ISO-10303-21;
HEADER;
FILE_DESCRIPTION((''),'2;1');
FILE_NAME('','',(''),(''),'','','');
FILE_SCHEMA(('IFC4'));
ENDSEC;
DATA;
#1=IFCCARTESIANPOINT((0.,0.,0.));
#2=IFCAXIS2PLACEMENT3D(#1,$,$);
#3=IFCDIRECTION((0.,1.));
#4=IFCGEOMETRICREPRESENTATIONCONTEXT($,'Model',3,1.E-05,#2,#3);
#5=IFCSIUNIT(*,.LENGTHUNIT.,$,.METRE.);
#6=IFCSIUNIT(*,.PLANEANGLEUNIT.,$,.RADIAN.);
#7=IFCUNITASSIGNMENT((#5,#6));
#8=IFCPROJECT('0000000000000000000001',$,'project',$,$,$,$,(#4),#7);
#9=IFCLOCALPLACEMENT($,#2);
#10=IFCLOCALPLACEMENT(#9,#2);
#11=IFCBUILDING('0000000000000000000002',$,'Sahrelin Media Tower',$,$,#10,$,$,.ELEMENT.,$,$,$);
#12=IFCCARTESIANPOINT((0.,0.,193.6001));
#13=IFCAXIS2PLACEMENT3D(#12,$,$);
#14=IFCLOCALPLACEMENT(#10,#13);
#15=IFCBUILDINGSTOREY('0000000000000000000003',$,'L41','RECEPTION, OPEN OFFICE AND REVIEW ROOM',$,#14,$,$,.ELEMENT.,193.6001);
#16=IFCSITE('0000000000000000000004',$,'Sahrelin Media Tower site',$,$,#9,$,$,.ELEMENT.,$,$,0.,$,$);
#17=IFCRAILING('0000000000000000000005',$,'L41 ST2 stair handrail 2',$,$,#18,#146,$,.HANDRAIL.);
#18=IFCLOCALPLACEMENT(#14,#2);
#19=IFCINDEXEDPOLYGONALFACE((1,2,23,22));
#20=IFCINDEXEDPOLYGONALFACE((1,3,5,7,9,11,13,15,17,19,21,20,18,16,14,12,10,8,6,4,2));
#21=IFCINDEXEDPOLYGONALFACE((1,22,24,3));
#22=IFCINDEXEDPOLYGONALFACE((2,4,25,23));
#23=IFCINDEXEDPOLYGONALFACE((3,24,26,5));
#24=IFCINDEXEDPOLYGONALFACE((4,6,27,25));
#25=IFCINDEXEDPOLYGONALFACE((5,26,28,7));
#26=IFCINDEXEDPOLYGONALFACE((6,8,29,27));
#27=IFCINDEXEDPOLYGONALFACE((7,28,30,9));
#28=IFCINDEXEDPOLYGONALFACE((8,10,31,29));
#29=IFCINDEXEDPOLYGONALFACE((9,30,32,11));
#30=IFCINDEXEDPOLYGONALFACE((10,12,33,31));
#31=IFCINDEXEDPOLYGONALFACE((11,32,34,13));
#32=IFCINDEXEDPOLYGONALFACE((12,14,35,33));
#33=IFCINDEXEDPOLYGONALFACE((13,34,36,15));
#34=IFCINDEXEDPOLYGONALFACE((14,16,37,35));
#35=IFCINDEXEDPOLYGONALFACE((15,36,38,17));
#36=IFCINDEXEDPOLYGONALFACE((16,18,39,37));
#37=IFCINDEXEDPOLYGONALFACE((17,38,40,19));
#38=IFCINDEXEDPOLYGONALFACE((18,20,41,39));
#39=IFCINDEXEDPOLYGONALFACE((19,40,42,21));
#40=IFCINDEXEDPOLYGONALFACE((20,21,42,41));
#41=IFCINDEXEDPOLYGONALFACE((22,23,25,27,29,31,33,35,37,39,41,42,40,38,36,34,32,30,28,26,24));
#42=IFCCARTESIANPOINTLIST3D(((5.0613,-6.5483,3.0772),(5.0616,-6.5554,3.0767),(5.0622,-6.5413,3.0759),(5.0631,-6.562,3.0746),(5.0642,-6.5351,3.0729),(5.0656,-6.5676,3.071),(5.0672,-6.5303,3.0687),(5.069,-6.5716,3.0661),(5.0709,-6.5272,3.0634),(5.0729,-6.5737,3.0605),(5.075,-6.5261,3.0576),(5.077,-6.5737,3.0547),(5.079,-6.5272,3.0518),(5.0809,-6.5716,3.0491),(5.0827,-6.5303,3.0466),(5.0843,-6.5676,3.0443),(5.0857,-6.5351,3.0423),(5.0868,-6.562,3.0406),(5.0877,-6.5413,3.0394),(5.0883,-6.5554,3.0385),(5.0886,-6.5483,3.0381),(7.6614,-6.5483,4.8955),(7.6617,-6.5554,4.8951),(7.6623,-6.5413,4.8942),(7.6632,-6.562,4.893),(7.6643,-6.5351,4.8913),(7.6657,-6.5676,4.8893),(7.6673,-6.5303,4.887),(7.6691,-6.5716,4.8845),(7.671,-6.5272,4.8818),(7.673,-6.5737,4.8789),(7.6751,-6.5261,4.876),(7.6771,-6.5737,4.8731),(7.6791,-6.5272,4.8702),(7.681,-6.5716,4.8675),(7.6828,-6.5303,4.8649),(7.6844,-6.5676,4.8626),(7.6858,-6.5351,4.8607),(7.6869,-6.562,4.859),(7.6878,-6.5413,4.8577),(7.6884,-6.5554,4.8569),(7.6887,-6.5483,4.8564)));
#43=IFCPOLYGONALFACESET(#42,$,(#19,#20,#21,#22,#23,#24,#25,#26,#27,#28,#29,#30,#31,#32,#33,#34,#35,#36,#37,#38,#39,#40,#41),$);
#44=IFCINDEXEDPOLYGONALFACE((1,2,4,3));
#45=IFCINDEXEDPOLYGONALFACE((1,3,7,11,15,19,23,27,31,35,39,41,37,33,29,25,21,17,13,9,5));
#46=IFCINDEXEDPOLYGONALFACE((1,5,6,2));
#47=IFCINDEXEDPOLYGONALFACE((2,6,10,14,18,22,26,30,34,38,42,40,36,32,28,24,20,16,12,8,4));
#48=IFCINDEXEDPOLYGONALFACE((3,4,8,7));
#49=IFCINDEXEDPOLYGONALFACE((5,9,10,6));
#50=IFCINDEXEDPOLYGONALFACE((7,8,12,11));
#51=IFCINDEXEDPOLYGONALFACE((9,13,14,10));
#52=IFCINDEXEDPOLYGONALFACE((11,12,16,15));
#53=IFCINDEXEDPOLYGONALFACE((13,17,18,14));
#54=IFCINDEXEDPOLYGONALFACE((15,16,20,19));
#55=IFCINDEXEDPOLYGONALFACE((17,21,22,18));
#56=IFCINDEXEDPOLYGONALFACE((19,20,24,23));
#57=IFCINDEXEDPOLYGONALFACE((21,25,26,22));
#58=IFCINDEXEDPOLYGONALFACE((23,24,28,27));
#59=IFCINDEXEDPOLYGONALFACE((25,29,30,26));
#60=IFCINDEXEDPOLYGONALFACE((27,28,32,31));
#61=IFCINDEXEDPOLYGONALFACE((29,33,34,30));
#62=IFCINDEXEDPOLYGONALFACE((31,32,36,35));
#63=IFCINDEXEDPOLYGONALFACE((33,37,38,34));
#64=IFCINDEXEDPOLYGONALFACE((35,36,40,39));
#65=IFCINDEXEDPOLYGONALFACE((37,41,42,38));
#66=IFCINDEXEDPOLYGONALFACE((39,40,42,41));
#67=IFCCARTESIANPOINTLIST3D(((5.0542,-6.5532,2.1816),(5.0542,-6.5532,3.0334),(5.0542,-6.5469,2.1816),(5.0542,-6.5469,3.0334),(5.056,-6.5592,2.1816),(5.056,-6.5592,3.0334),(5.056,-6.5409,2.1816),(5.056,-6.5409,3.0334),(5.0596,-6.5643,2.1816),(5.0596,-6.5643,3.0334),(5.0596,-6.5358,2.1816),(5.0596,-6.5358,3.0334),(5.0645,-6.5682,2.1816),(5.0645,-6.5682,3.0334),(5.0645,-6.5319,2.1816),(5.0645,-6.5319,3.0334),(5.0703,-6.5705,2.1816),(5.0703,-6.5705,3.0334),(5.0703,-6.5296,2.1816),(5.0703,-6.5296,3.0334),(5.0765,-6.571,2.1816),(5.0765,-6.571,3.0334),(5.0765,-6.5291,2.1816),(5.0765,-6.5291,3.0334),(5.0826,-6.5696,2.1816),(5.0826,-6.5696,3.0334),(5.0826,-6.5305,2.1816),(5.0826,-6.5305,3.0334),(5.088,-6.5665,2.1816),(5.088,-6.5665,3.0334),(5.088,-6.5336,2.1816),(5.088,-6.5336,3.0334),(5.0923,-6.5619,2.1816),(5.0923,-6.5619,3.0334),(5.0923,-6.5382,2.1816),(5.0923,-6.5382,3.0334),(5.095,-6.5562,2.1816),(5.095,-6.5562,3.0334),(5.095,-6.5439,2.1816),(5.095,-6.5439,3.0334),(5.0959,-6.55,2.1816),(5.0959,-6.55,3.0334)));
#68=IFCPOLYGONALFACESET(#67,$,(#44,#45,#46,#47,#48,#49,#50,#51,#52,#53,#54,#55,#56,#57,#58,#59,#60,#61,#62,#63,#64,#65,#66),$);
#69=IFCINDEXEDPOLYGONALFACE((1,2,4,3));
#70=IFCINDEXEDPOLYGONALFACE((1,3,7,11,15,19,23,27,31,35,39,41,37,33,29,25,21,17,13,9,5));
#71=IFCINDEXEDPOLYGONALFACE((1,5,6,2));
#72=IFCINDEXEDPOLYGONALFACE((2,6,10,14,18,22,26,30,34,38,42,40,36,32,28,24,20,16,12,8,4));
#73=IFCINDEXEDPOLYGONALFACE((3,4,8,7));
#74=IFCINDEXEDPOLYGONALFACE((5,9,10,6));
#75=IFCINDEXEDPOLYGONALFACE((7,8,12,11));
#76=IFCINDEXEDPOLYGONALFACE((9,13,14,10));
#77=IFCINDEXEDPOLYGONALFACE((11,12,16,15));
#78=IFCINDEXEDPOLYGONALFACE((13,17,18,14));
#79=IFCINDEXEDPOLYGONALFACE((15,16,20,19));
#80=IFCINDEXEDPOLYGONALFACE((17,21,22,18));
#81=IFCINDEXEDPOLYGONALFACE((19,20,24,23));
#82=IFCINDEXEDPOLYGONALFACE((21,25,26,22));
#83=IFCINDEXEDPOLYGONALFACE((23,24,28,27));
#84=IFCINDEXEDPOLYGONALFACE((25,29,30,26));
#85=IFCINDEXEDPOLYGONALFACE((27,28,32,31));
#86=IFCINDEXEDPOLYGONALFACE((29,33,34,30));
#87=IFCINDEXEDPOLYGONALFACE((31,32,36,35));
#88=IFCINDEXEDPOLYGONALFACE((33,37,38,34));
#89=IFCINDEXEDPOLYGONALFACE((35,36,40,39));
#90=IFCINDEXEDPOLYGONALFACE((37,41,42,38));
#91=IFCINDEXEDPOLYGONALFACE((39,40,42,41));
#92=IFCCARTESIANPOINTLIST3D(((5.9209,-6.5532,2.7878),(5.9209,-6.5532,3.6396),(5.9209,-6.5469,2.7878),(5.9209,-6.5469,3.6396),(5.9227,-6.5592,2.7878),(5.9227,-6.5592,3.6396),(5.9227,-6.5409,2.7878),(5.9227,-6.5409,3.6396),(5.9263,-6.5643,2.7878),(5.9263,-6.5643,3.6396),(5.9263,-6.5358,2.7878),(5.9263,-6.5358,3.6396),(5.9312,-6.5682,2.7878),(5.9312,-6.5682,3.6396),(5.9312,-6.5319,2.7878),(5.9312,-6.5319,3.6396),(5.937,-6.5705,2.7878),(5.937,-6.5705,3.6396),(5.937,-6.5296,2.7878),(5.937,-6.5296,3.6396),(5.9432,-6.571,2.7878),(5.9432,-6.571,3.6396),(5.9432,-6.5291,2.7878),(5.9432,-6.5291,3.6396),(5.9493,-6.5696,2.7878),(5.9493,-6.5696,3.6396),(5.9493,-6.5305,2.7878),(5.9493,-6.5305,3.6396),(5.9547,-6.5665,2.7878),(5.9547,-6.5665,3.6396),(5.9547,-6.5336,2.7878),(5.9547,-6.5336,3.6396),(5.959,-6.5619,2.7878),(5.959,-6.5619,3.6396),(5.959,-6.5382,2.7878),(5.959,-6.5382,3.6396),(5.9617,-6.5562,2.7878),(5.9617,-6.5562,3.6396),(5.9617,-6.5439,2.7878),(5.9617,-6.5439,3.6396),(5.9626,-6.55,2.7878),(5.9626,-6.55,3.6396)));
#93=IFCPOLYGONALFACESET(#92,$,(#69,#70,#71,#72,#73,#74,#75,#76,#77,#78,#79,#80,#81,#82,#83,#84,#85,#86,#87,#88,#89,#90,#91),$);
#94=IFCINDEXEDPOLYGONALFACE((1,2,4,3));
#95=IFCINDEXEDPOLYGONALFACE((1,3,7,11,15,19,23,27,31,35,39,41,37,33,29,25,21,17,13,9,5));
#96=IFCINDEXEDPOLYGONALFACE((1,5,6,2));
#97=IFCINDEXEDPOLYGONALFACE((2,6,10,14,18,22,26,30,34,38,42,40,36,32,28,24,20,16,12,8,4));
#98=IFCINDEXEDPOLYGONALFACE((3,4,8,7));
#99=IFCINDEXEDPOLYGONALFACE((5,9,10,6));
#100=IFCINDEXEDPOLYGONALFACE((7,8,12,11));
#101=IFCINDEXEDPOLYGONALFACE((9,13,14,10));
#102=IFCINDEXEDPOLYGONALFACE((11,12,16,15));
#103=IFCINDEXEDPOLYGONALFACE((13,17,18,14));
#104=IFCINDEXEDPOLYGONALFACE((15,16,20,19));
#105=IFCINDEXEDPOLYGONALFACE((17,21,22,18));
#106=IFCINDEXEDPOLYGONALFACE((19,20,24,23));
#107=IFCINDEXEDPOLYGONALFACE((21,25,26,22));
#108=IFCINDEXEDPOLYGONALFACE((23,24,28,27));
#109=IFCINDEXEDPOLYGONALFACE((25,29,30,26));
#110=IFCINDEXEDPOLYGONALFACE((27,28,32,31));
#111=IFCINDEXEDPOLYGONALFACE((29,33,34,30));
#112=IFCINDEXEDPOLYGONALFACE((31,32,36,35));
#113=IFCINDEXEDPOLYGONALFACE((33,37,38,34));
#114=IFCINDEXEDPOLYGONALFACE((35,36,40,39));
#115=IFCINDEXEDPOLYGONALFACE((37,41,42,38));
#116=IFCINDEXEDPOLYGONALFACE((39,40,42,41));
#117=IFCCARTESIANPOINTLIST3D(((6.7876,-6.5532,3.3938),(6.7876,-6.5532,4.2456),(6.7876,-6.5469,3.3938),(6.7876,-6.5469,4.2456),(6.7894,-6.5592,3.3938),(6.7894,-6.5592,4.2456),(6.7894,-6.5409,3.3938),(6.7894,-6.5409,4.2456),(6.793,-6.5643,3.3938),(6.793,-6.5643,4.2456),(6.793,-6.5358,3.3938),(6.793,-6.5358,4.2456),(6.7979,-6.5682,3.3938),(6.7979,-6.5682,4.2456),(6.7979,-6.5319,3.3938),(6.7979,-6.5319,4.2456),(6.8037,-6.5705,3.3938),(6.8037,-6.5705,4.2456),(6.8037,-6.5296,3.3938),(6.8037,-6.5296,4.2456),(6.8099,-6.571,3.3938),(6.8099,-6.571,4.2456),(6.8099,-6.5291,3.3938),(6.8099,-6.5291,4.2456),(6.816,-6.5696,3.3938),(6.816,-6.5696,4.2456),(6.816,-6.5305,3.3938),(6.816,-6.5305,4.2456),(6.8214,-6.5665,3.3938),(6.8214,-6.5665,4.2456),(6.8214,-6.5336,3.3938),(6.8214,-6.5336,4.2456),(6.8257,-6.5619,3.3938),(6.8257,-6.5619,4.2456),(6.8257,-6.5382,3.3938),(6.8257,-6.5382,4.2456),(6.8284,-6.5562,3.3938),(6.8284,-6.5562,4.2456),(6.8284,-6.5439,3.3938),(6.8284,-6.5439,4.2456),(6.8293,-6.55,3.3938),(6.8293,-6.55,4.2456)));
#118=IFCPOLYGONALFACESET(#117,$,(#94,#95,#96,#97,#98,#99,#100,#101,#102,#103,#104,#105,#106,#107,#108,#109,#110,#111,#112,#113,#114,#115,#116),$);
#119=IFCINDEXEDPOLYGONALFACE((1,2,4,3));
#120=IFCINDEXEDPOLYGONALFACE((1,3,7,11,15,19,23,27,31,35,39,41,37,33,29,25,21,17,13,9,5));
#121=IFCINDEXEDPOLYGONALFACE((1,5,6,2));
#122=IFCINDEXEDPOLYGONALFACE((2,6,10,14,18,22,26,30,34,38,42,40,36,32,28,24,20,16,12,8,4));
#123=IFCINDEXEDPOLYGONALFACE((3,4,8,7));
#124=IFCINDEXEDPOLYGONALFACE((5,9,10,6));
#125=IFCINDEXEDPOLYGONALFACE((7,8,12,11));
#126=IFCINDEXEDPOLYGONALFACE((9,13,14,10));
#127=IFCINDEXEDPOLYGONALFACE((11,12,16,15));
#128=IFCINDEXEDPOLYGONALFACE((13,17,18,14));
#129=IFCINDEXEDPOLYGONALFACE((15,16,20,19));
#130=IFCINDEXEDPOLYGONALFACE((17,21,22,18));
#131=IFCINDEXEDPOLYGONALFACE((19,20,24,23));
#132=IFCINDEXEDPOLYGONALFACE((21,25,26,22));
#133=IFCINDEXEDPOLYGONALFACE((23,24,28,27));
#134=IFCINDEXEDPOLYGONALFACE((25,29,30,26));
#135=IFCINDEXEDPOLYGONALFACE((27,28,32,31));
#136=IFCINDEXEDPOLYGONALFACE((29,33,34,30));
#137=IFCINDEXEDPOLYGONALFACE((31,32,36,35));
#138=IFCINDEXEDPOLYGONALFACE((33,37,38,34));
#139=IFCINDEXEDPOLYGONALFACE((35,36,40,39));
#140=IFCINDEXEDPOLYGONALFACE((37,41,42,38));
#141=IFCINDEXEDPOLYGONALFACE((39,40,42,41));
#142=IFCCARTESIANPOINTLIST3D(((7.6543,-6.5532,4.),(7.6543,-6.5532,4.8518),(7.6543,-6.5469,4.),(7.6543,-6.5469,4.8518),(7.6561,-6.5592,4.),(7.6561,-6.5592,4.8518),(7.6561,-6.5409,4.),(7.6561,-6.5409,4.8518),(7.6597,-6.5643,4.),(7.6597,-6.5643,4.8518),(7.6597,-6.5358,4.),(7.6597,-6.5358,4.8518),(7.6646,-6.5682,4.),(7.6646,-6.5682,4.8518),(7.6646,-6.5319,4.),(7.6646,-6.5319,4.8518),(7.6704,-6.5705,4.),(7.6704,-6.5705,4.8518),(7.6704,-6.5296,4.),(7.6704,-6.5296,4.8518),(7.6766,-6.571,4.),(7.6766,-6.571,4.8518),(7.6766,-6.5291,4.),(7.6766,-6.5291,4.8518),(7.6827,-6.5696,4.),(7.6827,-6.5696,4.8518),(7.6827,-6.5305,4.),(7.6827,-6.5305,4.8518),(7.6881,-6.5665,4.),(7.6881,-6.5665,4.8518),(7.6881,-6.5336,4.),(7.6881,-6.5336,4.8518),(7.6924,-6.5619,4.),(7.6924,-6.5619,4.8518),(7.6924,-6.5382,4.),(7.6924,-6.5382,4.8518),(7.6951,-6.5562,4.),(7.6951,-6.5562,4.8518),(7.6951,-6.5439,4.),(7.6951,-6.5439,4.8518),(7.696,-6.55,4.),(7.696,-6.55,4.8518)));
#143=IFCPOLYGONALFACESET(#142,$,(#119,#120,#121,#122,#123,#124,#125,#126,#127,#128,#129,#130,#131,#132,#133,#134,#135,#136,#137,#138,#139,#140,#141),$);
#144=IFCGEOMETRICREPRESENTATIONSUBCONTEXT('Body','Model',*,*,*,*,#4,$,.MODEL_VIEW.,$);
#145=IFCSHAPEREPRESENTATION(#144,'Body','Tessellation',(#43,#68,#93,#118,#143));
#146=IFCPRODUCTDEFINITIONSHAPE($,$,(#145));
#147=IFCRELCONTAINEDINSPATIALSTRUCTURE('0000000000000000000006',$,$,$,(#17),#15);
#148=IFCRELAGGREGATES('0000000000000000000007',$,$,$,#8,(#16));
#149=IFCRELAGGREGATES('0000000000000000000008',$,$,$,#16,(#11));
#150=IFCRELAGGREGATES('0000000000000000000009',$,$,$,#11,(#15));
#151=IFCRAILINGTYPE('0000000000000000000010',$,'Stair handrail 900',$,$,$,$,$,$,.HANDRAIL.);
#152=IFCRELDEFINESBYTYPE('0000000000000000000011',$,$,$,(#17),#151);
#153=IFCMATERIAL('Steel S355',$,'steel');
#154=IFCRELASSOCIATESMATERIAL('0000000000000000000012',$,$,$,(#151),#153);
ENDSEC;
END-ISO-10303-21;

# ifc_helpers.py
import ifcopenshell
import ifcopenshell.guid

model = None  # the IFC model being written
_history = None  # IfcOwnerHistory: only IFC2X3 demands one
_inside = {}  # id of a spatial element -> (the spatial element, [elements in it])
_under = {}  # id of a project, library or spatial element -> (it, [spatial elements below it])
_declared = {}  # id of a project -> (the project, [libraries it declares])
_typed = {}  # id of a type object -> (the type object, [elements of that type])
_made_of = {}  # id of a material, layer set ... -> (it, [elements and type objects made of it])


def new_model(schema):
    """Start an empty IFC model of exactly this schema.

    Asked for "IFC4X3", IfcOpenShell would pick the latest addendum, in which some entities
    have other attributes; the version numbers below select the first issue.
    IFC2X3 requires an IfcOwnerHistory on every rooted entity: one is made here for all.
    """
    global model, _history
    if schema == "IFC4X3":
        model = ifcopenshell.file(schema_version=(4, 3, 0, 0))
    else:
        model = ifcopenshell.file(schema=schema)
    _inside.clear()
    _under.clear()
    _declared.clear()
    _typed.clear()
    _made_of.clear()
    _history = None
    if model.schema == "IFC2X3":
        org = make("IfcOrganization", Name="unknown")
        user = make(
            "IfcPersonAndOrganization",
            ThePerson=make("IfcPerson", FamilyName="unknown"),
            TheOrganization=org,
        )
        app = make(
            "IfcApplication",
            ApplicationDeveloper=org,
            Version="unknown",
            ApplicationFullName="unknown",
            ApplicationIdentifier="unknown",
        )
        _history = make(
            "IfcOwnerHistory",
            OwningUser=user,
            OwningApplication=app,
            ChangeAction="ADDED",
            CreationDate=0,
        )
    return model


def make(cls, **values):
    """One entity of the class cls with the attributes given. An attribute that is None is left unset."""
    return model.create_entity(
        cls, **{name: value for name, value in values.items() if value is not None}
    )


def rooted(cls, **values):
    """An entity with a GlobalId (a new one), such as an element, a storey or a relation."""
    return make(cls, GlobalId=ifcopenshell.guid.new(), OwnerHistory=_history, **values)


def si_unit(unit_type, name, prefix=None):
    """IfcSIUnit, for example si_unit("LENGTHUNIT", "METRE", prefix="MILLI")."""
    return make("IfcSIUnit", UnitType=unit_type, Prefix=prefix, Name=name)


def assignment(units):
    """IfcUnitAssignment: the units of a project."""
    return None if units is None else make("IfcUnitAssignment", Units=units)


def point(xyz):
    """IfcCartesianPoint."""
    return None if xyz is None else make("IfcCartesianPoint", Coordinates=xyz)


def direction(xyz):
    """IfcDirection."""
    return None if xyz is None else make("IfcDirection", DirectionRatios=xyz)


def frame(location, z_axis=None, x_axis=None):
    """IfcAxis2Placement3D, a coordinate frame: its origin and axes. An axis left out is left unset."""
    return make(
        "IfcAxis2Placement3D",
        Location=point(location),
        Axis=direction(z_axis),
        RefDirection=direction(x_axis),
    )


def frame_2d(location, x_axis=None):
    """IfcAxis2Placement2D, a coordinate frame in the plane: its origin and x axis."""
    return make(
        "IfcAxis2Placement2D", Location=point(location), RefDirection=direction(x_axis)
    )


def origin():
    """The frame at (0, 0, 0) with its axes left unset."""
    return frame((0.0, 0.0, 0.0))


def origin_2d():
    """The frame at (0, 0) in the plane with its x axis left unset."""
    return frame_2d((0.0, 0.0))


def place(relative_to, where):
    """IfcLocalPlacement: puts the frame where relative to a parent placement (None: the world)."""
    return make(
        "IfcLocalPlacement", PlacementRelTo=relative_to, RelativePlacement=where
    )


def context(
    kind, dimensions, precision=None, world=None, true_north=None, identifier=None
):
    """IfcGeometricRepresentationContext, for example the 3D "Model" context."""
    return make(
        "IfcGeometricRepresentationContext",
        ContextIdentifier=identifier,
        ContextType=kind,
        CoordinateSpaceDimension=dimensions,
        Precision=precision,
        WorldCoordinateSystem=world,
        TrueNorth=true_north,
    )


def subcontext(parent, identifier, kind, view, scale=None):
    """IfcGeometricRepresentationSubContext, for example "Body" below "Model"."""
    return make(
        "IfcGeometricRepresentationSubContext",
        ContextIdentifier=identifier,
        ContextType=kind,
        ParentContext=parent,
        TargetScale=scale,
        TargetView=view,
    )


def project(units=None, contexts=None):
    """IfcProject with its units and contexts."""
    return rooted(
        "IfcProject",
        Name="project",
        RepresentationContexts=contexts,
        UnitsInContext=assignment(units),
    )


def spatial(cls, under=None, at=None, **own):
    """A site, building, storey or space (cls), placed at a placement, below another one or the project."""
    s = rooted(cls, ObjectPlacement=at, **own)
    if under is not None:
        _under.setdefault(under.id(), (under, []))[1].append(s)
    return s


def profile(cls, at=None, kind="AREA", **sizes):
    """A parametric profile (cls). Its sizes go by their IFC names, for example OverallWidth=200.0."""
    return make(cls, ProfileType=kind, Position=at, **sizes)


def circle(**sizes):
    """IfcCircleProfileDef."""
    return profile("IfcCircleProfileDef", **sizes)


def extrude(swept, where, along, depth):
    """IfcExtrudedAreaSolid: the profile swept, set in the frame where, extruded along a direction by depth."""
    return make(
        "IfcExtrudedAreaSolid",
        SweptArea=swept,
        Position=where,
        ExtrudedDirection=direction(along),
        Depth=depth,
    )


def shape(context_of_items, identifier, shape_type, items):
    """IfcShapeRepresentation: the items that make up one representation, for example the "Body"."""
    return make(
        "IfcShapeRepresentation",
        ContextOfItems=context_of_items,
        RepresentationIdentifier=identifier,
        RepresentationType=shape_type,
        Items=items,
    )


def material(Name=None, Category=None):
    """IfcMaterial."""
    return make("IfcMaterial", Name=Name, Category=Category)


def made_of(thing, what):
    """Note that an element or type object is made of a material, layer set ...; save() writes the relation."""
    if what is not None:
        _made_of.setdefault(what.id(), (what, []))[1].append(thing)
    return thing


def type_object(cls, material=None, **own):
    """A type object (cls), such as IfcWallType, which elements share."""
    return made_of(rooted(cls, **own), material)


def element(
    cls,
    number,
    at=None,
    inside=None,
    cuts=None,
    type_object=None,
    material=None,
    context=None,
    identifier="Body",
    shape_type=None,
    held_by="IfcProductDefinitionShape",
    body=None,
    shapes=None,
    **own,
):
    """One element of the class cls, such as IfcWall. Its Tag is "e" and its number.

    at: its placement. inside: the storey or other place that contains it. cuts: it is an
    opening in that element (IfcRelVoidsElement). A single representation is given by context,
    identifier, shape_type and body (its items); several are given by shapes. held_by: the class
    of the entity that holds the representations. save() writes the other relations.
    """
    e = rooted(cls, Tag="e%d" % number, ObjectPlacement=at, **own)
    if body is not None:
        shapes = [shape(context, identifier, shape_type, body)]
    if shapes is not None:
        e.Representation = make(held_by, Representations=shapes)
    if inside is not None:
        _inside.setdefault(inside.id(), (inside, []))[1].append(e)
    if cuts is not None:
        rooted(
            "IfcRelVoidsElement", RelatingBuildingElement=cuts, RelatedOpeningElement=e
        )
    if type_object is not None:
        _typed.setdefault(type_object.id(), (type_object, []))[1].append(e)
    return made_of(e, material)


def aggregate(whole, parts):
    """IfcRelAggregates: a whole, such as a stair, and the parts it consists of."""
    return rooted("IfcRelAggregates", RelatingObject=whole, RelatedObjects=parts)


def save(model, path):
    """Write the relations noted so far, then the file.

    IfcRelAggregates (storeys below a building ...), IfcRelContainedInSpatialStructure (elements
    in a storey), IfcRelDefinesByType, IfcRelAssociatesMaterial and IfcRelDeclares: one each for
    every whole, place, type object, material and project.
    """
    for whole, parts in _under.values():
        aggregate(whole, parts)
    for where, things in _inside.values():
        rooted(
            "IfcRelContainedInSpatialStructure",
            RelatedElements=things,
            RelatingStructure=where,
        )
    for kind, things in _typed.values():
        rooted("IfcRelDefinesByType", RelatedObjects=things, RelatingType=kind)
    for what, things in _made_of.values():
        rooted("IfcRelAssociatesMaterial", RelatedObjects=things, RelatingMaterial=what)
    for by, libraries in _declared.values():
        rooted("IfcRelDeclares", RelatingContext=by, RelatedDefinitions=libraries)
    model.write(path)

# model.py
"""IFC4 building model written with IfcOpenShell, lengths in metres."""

from ifc_helpers import new_model, si_unit, direction, frame, origin, origin_2d, place, context, subcontext, project, spatial, circle, extrude, material, type_object, element, save


model = new_model("IFC4")

# Units and contexts
model_context = context("Model", 3, precision=1e-05, world=origin(), true_north=direction((0.0, 1.0)))
body_context = subcontext(model_context, "Body", "Model", "MODEL_VIEW")
ifc_project = project(units=[si_unit("LENGTHUNIT", "METRE"), si_unit("PLANEANGLEUNIT", "RADIAN")], contexts=[model_context])

# Site, building, storey
site_placement = place(None, origin())
site = spatial("IfcSite", under=ifc_project, at=site_placement, Name="Sahrelin Media Tower site", CompositionType="ELEMENT", RefElevation=0.0)
building_placement = place(site_placement, origin())
building = spatial("IfcBuilding", under=site, at=building_placement, Name="Sahrelin Media Tower", CompositionType="ELEMENT")
storey_placement = place(building_placement, frame((0.0, 0.0, 193.6001)))
storey = spatial("IfcBuildingStorey", under=building, at=storey_placement, Name="L41", Description="RECEPTION, OPEN OFFICE AND REVIEW ROOM", CompositionType="ELEMENT", Elevation=193.6001)

# Shared definitions
ifc_material_1 = material(Name="Steel S355", Category="steel")

# Railing
railing_type_1 = type_object("IfcRailingType", Name="Stair handrail 900", PredefinedType="HANDRAIL", material=ifc_material_1)
railing_1_placement = place(storey_placement, frame((5.075, -6.55, 2.1816)))
element("IfcRailing", 1, at=railing_1_placement, inside=storey, type_object=railing_type_1, Name="L41 ST2 stair handrail 2", PredefinedType="HANDRAIL", context=body_context, shape_type="SweptSolid", body=[
    extrude(circle(Radius=0.0239, at=origin_2d()), frame((0.0, 0.0, 0.876), z_axis=(0.819485, 0.0, 0.573101), x_axis=(0.0, 1.0, 0.0)), (0.0, 0.0, 1.0), 3.1729),
    extrude(circle(Radius=0.021, at=origin_2d()), origin(), (0.0, 0.0, 1.0), 0.8518),
    extrude(circle(Radius=0.021, at=origin_2d()), frame((0.8667, 0.0, 0.6062)), (0.0, 0.0, 1.0), 0.8518),
    extrude(circle(Radius=0.021, at=origin_2d()), frame((1.7334, 0.0, 1.2122)), (0.0, 0.0, 1.0), 0.8518),
    extrude(circle(Radius=0.021, at=origin_2d()), frame((2.6001, 0.0, 1.8184)), (0.0, 0.0, 1.0), 0.8518),
])

save(model, "model.ifc")
